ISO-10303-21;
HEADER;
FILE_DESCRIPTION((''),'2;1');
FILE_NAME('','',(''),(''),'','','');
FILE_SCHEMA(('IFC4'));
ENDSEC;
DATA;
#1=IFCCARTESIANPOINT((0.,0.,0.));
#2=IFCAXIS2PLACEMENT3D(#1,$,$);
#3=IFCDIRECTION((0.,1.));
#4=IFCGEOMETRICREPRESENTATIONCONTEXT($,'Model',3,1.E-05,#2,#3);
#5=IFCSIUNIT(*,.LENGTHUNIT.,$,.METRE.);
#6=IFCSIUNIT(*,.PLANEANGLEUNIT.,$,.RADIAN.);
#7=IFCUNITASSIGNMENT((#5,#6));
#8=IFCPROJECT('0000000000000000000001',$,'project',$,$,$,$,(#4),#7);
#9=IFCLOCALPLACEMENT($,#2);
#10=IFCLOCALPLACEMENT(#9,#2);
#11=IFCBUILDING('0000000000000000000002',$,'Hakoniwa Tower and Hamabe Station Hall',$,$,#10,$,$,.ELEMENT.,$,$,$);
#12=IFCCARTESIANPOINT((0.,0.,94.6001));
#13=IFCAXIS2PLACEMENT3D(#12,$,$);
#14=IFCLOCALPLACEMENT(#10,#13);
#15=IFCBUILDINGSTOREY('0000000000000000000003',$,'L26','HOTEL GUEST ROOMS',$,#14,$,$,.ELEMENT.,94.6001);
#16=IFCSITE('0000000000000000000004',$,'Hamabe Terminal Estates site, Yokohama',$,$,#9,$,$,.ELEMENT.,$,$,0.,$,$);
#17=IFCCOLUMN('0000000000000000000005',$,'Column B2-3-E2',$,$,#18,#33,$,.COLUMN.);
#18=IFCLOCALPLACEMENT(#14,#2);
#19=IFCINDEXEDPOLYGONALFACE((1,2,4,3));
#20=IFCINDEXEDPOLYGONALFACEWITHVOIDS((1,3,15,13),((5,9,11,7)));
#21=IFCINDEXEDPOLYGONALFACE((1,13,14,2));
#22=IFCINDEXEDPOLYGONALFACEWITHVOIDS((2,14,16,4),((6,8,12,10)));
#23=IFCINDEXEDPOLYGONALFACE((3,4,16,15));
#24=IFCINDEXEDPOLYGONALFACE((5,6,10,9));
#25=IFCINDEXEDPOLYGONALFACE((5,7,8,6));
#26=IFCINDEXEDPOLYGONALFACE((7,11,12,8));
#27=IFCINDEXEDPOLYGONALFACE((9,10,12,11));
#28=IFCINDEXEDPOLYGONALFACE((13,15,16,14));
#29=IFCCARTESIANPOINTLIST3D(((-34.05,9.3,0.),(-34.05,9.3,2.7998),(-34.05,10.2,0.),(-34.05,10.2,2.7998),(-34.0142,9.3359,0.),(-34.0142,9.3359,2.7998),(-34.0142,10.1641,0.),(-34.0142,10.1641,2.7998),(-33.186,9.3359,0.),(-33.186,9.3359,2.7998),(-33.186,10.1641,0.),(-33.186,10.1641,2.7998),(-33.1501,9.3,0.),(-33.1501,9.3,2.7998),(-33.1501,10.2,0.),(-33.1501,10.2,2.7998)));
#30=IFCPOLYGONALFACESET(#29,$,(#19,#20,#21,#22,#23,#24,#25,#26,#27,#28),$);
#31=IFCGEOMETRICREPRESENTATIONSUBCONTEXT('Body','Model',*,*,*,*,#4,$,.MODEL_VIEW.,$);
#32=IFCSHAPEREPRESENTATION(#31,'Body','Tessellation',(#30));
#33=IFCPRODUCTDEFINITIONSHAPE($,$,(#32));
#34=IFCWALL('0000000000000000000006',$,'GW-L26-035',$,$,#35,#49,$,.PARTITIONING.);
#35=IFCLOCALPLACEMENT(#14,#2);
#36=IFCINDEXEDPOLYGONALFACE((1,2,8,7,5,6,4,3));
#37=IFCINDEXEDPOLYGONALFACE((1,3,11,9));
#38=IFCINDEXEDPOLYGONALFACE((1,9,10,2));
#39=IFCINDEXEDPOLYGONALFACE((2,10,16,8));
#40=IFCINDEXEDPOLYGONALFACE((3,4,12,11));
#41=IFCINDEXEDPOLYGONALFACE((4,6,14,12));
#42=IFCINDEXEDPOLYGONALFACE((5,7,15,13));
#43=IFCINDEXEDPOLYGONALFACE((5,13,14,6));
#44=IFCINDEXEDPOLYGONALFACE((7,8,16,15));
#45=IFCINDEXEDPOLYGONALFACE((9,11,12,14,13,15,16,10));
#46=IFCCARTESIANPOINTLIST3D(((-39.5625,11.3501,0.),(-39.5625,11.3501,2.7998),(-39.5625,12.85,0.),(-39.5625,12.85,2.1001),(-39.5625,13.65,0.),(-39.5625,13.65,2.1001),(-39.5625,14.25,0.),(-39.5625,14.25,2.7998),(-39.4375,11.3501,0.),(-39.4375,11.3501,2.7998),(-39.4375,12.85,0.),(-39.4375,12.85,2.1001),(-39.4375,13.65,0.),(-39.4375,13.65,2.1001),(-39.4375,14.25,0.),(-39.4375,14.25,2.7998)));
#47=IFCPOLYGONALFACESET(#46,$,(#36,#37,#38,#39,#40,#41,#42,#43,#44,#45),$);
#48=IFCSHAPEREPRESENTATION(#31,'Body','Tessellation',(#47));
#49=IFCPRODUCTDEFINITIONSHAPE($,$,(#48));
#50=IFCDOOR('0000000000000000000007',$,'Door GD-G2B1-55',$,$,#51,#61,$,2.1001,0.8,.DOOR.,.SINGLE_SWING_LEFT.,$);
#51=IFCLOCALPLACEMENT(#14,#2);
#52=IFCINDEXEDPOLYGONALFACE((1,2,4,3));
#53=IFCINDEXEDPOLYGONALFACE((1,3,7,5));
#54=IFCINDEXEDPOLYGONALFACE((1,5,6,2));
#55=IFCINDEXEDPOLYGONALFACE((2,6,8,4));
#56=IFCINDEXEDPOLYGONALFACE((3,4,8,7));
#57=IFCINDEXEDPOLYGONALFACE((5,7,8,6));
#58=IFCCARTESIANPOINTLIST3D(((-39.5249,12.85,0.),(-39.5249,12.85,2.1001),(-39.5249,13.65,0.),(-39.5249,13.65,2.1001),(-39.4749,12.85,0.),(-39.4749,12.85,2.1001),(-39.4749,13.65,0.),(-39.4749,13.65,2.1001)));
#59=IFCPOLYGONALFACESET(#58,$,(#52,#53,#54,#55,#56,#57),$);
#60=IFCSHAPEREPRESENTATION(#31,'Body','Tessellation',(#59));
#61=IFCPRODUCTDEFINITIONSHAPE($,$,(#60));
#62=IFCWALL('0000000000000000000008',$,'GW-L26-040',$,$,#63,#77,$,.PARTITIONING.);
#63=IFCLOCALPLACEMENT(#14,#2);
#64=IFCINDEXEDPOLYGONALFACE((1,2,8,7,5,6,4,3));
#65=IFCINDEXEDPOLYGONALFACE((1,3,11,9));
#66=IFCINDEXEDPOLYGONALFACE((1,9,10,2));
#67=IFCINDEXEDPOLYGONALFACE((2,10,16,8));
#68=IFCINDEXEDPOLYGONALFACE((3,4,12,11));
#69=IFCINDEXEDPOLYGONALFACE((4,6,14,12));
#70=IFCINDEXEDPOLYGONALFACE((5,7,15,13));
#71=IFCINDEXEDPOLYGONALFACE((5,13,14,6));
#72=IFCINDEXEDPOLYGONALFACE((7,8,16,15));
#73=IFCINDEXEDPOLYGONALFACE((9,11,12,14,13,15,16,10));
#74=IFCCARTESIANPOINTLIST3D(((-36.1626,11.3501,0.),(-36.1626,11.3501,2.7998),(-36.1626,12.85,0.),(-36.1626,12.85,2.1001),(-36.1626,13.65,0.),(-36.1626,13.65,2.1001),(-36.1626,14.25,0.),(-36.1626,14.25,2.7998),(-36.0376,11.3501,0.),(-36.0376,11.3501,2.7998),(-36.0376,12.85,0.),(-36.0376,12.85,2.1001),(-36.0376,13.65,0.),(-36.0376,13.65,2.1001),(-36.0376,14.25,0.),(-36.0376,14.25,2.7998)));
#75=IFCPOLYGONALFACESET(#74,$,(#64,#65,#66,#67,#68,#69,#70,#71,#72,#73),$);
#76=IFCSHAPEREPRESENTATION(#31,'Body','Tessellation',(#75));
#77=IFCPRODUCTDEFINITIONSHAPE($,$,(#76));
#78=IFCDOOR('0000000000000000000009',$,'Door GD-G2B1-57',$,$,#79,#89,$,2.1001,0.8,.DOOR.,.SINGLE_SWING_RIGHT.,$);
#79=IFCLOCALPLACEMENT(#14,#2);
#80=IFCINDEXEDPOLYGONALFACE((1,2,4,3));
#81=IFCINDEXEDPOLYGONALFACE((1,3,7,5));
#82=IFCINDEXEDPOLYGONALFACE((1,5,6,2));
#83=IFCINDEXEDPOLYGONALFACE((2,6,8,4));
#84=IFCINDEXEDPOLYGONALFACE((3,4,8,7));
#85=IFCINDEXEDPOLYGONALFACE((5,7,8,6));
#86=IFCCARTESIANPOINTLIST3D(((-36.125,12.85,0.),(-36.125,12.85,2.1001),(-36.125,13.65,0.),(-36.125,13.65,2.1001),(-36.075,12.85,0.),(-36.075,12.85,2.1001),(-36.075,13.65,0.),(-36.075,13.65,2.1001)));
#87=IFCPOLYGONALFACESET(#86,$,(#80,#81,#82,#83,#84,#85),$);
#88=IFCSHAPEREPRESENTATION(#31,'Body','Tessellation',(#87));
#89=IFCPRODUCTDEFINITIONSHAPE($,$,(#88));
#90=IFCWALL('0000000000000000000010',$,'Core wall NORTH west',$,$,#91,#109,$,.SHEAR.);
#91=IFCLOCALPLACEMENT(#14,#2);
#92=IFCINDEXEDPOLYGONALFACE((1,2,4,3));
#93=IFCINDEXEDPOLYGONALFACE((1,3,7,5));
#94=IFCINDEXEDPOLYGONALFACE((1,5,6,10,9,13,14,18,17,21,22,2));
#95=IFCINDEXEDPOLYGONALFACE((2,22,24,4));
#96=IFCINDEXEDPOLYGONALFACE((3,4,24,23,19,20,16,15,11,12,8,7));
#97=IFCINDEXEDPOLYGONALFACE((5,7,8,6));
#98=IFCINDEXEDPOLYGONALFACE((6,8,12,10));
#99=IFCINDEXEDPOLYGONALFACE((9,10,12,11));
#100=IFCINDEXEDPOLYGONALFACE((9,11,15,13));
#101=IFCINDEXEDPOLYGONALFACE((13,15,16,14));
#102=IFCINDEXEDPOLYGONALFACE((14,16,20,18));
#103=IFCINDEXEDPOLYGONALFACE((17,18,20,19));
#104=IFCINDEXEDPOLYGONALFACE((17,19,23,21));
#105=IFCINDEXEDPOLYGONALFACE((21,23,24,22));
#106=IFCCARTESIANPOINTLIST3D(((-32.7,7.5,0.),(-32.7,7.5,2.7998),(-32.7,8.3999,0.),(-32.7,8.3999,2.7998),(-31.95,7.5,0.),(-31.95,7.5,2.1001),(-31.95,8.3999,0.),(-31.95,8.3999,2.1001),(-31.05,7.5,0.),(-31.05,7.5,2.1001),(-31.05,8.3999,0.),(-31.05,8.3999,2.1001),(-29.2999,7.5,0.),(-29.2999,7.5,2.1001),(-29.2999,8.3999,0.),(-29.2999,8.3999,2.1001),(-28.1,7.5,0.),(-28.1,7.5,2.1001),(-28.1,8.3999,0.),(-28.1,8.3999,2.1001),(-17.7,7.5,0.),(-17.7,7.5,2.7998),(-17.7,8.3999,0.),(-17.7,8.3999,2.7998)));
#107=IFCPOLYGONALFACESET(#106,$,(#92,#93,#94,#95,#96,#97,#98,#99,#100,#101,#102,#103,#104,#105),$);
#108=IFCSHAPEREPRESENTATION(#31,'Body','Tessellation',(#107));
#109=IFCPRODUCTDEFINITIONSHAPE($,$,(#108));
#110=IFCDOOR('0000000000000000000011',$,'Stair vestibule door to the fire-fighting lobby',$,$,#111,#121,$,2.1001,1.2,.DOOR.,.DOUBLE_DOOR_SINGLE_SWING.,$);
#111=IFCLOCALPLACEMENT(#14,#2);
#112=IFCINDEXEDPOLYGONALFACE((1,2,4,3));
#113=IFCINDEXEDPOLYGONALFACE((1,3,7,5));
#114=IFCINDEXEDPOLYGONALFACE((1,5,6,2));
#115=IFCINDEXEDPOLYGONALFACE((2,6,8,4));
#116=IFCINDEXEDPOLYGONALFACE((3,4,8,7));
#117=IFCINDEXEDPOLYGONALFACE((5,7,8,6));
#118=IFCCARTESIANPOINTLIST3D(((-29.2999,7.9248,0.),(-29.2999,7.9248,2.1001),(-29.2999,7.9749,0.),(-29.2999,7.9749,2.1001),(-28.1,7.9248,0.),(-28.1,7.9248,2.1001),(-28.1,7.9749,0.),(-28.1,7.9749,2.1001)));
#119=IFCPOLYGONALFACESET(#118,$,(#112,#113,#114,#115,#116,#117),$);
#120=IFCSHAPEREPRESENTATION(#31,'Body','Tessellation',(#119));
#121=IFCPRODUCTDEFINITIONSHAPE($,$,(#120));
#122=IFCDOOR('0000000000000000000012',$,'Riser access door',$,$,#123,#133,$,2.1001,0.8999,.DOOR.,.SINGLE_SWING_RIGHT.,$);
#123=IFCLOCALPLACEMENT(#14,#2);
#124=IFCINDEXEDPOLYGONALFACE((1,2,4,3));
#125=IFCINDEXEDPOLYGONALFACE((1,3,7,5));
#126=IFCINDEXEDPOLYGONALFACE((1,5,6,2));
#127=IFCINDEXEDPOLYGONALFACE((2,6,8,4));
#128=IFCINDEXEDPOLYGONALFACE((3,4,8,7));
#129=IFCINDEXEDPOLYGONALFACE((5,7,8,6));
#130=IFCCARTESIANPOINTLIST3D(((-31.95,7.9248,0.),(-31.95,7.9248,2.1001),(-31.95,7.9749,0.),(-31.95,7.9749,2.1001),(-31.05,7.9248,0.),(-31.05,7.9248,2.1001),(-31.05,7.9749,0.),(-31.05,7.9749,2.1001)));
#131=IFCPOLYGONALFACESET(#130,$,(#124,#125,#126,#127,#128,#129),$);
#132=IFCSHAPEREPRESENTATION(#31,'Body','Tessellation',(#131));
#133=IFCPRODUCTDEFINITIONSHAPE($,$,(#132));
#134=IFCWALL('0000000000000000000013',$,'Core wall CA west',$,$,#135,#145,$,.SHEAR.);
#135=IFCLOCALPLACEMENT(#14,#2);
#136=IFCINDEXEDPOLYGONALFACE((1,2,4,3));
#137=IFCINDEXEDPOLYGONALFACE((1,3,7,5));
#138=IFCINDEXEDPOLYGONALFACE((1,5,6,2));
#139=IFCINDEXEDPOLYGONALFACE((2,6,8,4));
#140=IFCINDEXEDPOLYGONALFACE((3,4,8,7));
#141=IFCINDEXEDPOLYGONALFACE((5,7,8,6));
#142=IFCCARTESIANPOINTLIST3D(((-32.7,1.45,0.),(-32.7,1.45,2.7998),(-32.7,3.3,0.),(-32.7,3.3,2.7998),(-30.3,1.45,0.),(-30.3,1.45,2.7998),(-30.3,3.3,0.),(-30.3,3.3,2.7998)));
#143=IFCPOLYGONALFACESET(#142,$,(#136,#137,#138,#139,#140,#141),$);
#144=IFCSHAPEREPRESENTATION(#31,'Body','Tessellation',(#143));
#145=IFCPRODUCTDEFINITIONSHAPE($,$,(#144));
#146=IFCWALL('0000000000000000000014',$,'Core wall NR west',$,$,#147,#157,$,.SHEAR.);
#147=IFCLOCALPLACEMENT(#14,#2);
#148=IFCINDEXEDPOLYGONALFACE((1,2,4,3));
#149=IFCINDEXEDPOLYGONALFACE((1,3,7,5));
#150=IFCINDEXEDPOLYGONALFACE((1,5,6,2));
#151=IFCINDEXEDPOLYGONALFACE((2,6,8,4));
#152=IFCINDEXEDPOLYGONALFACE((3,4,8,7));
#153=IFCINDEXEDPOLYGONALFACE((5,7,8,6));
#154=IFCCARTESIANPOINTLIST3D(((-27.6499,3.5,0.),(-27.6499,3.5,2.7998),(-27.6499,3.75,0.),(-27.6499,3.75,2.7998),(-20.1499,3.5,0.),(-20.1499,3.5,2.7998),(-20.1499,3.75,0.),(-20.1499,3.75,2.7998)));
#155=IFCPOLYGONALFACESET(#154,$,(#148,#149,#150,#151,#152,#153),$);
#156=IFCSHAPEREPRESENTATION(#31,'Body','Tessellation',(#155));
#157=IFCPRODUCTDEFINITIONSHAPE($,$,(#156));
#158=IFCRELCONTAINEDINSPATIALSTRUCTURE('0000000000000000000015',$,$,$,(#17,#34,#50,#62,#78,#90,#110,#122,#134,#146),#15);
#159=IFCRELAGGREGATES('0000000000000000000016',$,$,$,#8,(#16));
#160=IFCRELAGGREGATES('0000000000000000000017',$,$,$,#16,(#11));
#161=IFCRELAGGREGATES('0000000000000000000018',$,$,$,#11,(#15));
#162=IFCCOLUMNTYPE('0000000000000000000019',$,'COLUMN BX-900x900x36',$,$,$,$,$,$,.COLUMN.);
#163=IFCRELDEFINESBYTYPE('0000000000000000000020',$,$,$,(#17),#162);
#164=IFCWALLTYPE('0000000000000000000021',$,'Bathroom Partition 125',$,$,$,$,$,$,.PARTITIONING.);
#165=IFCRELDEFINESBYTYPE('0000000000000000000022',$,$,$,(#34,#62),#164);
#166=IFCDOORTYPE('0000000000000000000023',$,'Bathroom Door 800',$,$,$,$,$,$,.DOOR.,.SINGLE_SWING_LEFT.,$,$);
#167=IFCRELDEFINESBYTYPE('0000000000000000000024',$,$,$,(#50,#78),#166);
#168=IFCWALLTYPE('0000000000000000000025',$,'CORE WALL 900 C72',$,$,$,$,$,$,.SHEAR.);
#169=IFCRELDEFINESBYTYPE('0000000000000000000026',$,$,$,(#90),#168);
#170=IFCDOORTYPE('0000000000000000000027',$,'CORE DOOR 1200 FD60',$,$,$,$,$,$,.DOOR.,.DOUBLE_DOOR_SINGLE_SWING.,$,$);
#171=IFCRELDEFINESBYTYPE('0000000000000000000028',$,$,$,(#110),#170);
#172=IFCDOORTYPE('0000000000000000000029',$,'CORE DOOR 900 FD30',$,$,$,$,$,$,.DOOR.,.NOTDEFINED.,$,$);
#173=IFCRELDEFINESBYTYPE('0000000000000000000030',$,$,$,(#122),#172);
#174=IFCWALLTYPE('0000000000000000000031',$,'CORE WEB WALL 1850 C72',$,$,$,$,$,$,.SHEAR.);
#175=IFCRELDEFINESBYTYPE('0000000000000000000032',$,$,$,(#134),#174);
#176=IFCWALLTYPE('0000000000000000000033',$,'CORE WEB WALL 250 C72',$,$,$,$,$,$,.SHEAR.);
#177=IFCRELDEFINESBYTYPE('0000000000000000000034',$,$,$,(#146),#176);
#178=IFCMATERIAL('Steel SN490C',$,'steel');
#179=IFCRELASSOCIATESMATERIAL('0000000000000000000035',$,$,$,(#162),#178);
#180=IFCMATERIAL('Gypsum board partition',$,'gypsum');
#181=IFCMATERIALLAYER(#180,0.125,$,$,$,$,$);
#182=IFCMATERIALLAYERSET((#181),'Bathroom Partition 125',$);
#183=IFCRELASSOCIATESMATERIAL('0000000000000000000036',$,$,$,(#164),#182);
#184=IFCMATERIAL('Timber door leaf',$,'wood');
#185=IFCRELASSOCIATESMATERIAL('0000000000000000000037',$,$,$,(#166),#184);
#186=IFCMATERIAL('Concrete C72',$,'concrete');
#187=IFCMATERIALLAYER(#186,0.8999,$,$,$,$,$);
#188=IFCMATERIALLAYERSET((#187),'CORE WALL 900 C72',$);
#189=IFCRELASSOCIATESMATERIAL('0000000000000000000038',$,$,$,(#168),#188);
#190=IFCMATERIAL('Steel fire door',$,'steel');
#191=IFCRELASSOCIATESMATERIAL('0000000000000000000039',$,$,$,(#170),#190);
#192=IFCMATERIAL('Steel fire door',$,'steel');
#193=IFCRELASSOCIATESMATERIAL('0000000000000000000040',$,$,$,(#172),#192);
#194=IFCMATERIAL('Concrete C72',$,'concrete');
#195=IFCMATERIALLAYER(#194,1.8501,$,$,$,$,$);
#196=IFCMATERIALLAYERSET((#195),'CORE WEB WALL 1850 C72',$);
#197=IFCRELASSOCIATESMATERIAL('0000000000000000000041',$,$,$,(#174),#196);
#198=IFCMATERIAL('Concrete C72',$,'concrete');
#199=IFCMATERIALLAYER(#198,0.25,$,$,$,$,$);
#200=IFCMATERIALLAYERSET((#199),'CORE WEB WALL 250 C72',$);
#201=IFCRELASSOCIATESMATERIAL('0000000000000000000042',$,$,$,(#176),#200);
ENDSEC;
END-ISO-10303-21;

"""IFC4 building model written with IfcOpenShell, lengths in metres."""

from ifc_helpers import new_model, si_unit, direction, frame, frame_2d, origin, origin_2d, place, context, subcontext, project, spatial, rectangle, hollow_rectangle, extrude, material, layer, layer_set, material_profile, profile_set, type_object, element, fill, save


model = new_model("IFC4")

# Units and contexts
model_context = context("Model", 3, precision=1e-05, world=origin(), true_north=direction((0.0, 1.0)))
body_context = subcontext(model_context, "Body", "Model", "MODEL_VIEW")
ifc_project = project(units=[si_unit("LENGTHUNIT", "METRE"), si_unit("PLANEANGLEUNIT", "RADIAN")], contexts=[model_context])

# Site, building, storey
site_placement = place(None, origin())
site = spatial("IfcSite", under=ifc_project, at=site_placement, Name="Hamabe Terminal Estates site, Yokohama", CompositionType="ELEMENT", RefElevation=0.0)
building_placement = place(site_placement, origin())
building = spatial("IfcBuilding", under=site, at=building_placement, Name="Hakoniwa Tower and Hamabe Station Hall", CompositionType="ELEMENT")
storey_placement = place(building_placement, frame((0.0, 0.0, 94.6001)))
storey = spatial("IfcBuildingStorey", under=building, at=storey_placement, Name="L26", Description="HOTEL GUEST ROOMS", CompositionType="ELEMENT", Elevation=94.6001)

# Column
ifc_material_1 = material(Name="Steel SN490C", Category="steel")
ifc_material_profile = material_profile(ifc_material_1, hollow_rectangle(XDim=0.8999, YDim=0.8999, WallThickness=0.0359, at=origin_2d()), Name="BX-900x900x36")
ifc_profile_set = profile_set([ifc_material_profile], Name="Steel SN490C")
column_type = type_object("IfcColumnType", Name="COLUMN BX-900x900x36", PredefinedType="COLUMN", material=ifc_profile_set)
column_placement = place(storey_placement, frame((-33.6001, 9.75, 0.0), z_axis=(0.0, 0.0, 1.0), x_axis=(1.0, 0.0, 0.0)))
element("IfcColumn", 1, at=column_placement, inside=storey, type_object=column_type, Name="Column B2-3-E2", PredefinedType="COLUMN", context=body_context, shape_type="SweptSolid", body=[
    extrude(hollow_rectangle(XDim=0.8999, YDim=0.8999, WallThickness=0.0359, at=origin_2d()), origin(), (0.0, 0.0, 1.0), 2.7998),
])

# Walls, openings, doors
ifc_material_2 = material(Name="Gypsum board partition", Category="gypsum")
ifc_layer_1 = layer(ifc_material_2, 0.125)
ifc_layer_set_1 = layer_set([ifc_layer_1], Name="Bathroom Partition 125")
wall_type_1 = type_object("IfcWallType", Name="Bathroom Partition 125", PredefinedType="PARTITIONING", material=ifc_layer_set_1)
wall_1_placement = place(storey_placement, frame((-39.5, 11.3501, 0.0), z_axis=(0.0, 0.0, 1.0), x_axis=(0.0, 1.0, 0.0)))
wall_1 = element("IfcWall", 2, at=wall_1_placement, inside=storey, type_object=wall_type_1, Name="GW-L26-035", PredefinedType="PARTITIONING", context=body_context, shape_type="SweptSolid", body=[
    extrude(rectangle(XDim=2.8999, YDim=0.125, at=frame_2d((1.45, 0.0))), origin(), (0.0, 0.0, 1.0), 2.7998),
])
opening_1_placement = place(wall_1_placement, frame((1.5, 0.0, 0.0)))
opening_1 = element("IfcOpeningElement", 3, at=opening_1_placement, cuts=wall_1, PredefinedType="OPENING", context=body_context, shape_type="SweptSolid", body=[
    extrude(rectangle(XDim=0.8, YDim=2.1001, at=frame_2d((0.3999, 1.05))), frame((0.0, 0.0725, 0.0), z_axis=(0.0, -1.0, 0.0), x_axis=(1.0, 0.0, 0.0)), (0.0, 0.0, 1.0), 0.145),
])
ifc_material_3 = material(Name="Timber door leaf", Category="wood")
door_type_1 = type_object("IfcDoorType", Name="Bathroom Door 800", OperationType="SINGLE_SWING_LEFT", PredefinedType="DOOR", material=ifc_material_3)
door_1_placement = place(opening_1_placement, origin())
door_1 = element("IfcDoor", 4, at=door_1_placement, inside=storey, type_object=door_type_1, Name="Door GD-G2B1-55", OperationType="SINGLE_SWING_LEFT", OverallHeight=2.1001, OverallWidth=0.8, PredefinedType="DOOR", context=body_context, shape_type="SweptSolid", body=[
    extrude(rectangle(XDim=0.8, YDim=2.1001, at=frame_2d((0.3999, 1.05))), frame((0.0, 0.0249, 0.0), z_axis=(0.0, -1.0, 0.0), x_axis=(1.0, 0.0, 0.0)), (0.0, 0.0, 1.0), 0.05),
])
fill(opening_1, door_1)
wall_2_placement = place(storey_placement, frame((-36.1001, 11.3501, 0.0), z_axis=(0.0, 0.0, 1.0), x_axis=(0.0, 1.0, 0.0)))
wall_2 = element("IfcWall", 5, at=wall_2_placement, inside=storey, type_object=wall_type_1, Name="GW-L26-040", PredefinedType="PARTITIONING", context=body_context, shape_type="SweptSolid", body=[
    extrude(rectangle(XDim=2.8999, YDim=0.125, at=frame_2d((1.45, 0.0))), origin(), (0.0, 0.0, 1.0), 2.7998),
])
opening_2_placement = place(wall_2_placement, frame((1.5, 0.0, 0.0)))
opening_2 = element("IfcOpeningElement", 6, at=opening_2_placement, cuts=wall_2, PredefinedType="OPENING", context=body_context, shape_type="SweptSolid", body=[
    extrude(rectangle(XDim=0.8, YDim=2.1001, at=frame_2d((0.3999, 1.05))), frame((0.0, 0.0725, 0.0), z_axis=(0.0, -1.0, 0.0), x_axis=(1.0, 0.0, 0.0)), (0.0, 0.0, 1.0), 0.145),
])
door_2_placement = place(opening_2_placement, origin())
door_2 = element("IfcDoor", 7, at=door_2_placement, inside=storey, type_object=door_type_1, Name="Door GD-G2B1-57", OperationType="SINGLE_SWING_RIGHT", OverallHeight=2.1001, OverallWidth=0.8, PredefinedType="DOOR", context=body_context, shape_type="SweptSolid", body=[
    extrude(rectangle(XDim=0.8, YDim=2.1001, at=frame_2d((0.3999, 1.05))), frame((0.0, 0.0249, 0.0), z_axis=(0.0, -1.0, 0.0), x_axis=(1.0, 0.0, 0.0)), (0.0, 0.0, 1.0), 0.05),
])
fill(opening_2, door_2)

# Wall, openings, doors
ifc_material_4 = material(Name="Concrete C72", Category="concrete")
ifc_layer_2 = layer(ifc_material_4, 0.8999)
ifc_layer_set_2 = layer_set([ifc_layer_2], Name="CORE WALL 900 C72")
wall_type_2 = type_object("IfcWallType", Name="CORE WALL 900 C72", PredefinedType="SHEAR", material=ifc_layer_set_2)
wall_3_placement = place(storey_placement, frame((-32.7, 7.95, 0.0), z_axis=(0.0, 0.0, 1.0), x_axis=(1.0, 0.0, 0.0)))
wall_3 = element("IfcWall", 8, at=wall_3_placement, inside=storey, type_object=wall_type_2, Name="Core wall NORTH west", PredefinedType="SHEAR", context=body_context, shape_type="SweptSolid", body=[
    extrude(rectangle(XDim=15.0, YDim=0.8999, at=frame_2d((7.5, 0.0))), origin(), (0.0, 0.0, 1.0), 2.7998),
])
opening_3_placement = place(wall_3_placement, frame((3.3999, 0.0, 0.0)))
opening_3 = element("IfcOpeningElement", 9, at=opening_3_placement, cuts=wall_3, PredefinedType="OPENING", context=body_context, shape_type="SweptSolid", body=[
    extrude(rectangle(XDim=1.2, YDim=2.1001, at=frame_2d((0.6001, 1.05))), frame((0.0, 0.46, 0.0), z_axis=(0.0, -1.0, 0.0), x_axis=(1.0, 0.0, 0.0)), (0.0, 0.0, 1.0), 0.9199),
])
opening_4_placement = place(wall_3_placement, frame((0.75, 0.0, 0.0)))
opening_4 = element("IfcOpeningElement", 10, at=opening_4_placement, cuts=wall_3, PredefinedType="OPENING", context=body_context, shape_type="SweptSolid", body=[
    extrude(rectangle(XDim=0.8999, YDim=2.1001, at=frame_2d((0.45, 1.05))), frame((0.0, 0.46, 0.0), z_axis=(0.0, -1.0, 0.0), x_axis=(1.0, 0.0, 0.0)), (0.0, 0.0, 1.0), 0.9199),
])
ifc_material_5 = material(Name="Steel fire door", Category="steel")
door_type_2 = type_object("IfcDoorType", Name="CORE DOOR 1200 FD60", OperationType="DOUBLE_DOOR_SINGLE_SWING", PredefinedType="DOOR", material=ifc_material_5)
door_3_placement = place(opening_3_placement, origin())
door_3 = element("IfcDoor", 11, at=door_3_placement, inside=storey, type_object=door_type_2, Name="Stair vestibule door to the fire-fighting lobby", OperationType="DOUBLE_DOOR_SINGLE_SWING", OverallHeight=2.1001, OverallWidth=1.2, PredefinedType="DOOR", context=body_context, shape_type="SweptSolid", body=[
    extrude(rectangle(XDim=1.2, YDim=2.1001, at=frame_2d((0.6001, 1.05))), frame((0.0, 0.0249, 0.0), z_axis=(0.0, -1.0, 0.0), x_axis=(1.0, 0.0, 0.0)), (0.0, 0.0, 1.0), 0.05),
])
fill(opening_3, door_3)
ifc_material_6 = material(Name="Steel fire door", Category="steel")
door_type_3 = type_object("IfcDoorType", Name="CORE DOOR 900 FD30", OperationType="NOTDEFINED", PredefinedType="DOOR", material=ifc_material_6)
door_4_placement = place(opening_4_placement, origin())
door_4 = element("IfcDoor", 12, at=door_4_placement, inside=storey, type_object=door_type_3, Name="Riser access door", OperationType="SINGLE_SWING_RIGHT", OverallHeight=2.1001, OverallWidth=0.8999, PredefinedType="DOOR", context=body_context, shape_type="SweptSolid", body=[
    extrude(rectangle(XDim=0.8999, YDim=2.1001, at=frame_2d((0.45, 1.05))), frame((0.0, 0.0249, 0.0), z_axis=(0.0, -1.0, 0.0), x_axis=(1.0, 0.0, 0.0)), (0.0, 0.0, 1.0), 0.05),
])
fill(opening_4, door_4)

# Walls
ifc_material_7 = material(Name="Concrete C72", Category="concrete")
ifc_layer_3 = layer(ifc_material_7, 1.8501)
ifc_layer_set_3 = layer_set([ifc_layer_3], Name="CORE WEB WALL 1850 C72")
wall_type_3 = type_object("IfcWallType", Name="CORE WEB WALL 1850 C72", PredefinedType="SHEAR", material=ifc_layer_set_3)
wall_4_placement = place(storey_placement, frame((-32.7, 2.375, 0.0), z_axis=(0.0, 0.0, 1.0), x_axis=(1.0, 0.0, 0.0)))
element("IfcWall", 13, at=wall_4_placement, inside=storey, type_object=wall_type_3, Name="Core wall CA west", PredefinedType="SHEAR", context=body_context, shape_type="SweptSolid", body=[
    extrude(rectangle(XDim=2.3999, YDim=1.8501, at=frame_2d((1.2, 0.0))), origin(), (0.0, 0.0, 1.0), 2.7998),
])
ifc_material_8 = material(Name="Concrete C72", Category="concrete")
ifc_layer_4 = layer(ifc_material_8, 0.25)
ifc_layer_set_4 = layer_set([ifc_layer_4], Name="CORE WEB WALL 250 C72")
wall_type_4 = type_object("IfcWallType", Name="CORE WEB WALL 250 C72", PredefinedType="SHEAR", material=ifc_layer_set_4)
wall_5_placement = place(storey_placement, frame((-27.6499, 3.625, 0.0), z_axis=(0.0, 0.0, 1.0), x_axis=(1.0, 0.0, 0.0)))
element("IfcWall", 14, at=wall_5_placement, inside=storey, type_object=wall_type_4, Name="Core wall NR west", PredefinedType="SHEAR", context=body_context, shape_type="SweptSolid", body=[
    extrude(rectangle(XDim=7.5, YDim=0.25, at=frame_2d((3.75, 0.0))), origin(), (0.0, 0.0, 1.0), 2.7998),
])

save(model, "model.ifc")
